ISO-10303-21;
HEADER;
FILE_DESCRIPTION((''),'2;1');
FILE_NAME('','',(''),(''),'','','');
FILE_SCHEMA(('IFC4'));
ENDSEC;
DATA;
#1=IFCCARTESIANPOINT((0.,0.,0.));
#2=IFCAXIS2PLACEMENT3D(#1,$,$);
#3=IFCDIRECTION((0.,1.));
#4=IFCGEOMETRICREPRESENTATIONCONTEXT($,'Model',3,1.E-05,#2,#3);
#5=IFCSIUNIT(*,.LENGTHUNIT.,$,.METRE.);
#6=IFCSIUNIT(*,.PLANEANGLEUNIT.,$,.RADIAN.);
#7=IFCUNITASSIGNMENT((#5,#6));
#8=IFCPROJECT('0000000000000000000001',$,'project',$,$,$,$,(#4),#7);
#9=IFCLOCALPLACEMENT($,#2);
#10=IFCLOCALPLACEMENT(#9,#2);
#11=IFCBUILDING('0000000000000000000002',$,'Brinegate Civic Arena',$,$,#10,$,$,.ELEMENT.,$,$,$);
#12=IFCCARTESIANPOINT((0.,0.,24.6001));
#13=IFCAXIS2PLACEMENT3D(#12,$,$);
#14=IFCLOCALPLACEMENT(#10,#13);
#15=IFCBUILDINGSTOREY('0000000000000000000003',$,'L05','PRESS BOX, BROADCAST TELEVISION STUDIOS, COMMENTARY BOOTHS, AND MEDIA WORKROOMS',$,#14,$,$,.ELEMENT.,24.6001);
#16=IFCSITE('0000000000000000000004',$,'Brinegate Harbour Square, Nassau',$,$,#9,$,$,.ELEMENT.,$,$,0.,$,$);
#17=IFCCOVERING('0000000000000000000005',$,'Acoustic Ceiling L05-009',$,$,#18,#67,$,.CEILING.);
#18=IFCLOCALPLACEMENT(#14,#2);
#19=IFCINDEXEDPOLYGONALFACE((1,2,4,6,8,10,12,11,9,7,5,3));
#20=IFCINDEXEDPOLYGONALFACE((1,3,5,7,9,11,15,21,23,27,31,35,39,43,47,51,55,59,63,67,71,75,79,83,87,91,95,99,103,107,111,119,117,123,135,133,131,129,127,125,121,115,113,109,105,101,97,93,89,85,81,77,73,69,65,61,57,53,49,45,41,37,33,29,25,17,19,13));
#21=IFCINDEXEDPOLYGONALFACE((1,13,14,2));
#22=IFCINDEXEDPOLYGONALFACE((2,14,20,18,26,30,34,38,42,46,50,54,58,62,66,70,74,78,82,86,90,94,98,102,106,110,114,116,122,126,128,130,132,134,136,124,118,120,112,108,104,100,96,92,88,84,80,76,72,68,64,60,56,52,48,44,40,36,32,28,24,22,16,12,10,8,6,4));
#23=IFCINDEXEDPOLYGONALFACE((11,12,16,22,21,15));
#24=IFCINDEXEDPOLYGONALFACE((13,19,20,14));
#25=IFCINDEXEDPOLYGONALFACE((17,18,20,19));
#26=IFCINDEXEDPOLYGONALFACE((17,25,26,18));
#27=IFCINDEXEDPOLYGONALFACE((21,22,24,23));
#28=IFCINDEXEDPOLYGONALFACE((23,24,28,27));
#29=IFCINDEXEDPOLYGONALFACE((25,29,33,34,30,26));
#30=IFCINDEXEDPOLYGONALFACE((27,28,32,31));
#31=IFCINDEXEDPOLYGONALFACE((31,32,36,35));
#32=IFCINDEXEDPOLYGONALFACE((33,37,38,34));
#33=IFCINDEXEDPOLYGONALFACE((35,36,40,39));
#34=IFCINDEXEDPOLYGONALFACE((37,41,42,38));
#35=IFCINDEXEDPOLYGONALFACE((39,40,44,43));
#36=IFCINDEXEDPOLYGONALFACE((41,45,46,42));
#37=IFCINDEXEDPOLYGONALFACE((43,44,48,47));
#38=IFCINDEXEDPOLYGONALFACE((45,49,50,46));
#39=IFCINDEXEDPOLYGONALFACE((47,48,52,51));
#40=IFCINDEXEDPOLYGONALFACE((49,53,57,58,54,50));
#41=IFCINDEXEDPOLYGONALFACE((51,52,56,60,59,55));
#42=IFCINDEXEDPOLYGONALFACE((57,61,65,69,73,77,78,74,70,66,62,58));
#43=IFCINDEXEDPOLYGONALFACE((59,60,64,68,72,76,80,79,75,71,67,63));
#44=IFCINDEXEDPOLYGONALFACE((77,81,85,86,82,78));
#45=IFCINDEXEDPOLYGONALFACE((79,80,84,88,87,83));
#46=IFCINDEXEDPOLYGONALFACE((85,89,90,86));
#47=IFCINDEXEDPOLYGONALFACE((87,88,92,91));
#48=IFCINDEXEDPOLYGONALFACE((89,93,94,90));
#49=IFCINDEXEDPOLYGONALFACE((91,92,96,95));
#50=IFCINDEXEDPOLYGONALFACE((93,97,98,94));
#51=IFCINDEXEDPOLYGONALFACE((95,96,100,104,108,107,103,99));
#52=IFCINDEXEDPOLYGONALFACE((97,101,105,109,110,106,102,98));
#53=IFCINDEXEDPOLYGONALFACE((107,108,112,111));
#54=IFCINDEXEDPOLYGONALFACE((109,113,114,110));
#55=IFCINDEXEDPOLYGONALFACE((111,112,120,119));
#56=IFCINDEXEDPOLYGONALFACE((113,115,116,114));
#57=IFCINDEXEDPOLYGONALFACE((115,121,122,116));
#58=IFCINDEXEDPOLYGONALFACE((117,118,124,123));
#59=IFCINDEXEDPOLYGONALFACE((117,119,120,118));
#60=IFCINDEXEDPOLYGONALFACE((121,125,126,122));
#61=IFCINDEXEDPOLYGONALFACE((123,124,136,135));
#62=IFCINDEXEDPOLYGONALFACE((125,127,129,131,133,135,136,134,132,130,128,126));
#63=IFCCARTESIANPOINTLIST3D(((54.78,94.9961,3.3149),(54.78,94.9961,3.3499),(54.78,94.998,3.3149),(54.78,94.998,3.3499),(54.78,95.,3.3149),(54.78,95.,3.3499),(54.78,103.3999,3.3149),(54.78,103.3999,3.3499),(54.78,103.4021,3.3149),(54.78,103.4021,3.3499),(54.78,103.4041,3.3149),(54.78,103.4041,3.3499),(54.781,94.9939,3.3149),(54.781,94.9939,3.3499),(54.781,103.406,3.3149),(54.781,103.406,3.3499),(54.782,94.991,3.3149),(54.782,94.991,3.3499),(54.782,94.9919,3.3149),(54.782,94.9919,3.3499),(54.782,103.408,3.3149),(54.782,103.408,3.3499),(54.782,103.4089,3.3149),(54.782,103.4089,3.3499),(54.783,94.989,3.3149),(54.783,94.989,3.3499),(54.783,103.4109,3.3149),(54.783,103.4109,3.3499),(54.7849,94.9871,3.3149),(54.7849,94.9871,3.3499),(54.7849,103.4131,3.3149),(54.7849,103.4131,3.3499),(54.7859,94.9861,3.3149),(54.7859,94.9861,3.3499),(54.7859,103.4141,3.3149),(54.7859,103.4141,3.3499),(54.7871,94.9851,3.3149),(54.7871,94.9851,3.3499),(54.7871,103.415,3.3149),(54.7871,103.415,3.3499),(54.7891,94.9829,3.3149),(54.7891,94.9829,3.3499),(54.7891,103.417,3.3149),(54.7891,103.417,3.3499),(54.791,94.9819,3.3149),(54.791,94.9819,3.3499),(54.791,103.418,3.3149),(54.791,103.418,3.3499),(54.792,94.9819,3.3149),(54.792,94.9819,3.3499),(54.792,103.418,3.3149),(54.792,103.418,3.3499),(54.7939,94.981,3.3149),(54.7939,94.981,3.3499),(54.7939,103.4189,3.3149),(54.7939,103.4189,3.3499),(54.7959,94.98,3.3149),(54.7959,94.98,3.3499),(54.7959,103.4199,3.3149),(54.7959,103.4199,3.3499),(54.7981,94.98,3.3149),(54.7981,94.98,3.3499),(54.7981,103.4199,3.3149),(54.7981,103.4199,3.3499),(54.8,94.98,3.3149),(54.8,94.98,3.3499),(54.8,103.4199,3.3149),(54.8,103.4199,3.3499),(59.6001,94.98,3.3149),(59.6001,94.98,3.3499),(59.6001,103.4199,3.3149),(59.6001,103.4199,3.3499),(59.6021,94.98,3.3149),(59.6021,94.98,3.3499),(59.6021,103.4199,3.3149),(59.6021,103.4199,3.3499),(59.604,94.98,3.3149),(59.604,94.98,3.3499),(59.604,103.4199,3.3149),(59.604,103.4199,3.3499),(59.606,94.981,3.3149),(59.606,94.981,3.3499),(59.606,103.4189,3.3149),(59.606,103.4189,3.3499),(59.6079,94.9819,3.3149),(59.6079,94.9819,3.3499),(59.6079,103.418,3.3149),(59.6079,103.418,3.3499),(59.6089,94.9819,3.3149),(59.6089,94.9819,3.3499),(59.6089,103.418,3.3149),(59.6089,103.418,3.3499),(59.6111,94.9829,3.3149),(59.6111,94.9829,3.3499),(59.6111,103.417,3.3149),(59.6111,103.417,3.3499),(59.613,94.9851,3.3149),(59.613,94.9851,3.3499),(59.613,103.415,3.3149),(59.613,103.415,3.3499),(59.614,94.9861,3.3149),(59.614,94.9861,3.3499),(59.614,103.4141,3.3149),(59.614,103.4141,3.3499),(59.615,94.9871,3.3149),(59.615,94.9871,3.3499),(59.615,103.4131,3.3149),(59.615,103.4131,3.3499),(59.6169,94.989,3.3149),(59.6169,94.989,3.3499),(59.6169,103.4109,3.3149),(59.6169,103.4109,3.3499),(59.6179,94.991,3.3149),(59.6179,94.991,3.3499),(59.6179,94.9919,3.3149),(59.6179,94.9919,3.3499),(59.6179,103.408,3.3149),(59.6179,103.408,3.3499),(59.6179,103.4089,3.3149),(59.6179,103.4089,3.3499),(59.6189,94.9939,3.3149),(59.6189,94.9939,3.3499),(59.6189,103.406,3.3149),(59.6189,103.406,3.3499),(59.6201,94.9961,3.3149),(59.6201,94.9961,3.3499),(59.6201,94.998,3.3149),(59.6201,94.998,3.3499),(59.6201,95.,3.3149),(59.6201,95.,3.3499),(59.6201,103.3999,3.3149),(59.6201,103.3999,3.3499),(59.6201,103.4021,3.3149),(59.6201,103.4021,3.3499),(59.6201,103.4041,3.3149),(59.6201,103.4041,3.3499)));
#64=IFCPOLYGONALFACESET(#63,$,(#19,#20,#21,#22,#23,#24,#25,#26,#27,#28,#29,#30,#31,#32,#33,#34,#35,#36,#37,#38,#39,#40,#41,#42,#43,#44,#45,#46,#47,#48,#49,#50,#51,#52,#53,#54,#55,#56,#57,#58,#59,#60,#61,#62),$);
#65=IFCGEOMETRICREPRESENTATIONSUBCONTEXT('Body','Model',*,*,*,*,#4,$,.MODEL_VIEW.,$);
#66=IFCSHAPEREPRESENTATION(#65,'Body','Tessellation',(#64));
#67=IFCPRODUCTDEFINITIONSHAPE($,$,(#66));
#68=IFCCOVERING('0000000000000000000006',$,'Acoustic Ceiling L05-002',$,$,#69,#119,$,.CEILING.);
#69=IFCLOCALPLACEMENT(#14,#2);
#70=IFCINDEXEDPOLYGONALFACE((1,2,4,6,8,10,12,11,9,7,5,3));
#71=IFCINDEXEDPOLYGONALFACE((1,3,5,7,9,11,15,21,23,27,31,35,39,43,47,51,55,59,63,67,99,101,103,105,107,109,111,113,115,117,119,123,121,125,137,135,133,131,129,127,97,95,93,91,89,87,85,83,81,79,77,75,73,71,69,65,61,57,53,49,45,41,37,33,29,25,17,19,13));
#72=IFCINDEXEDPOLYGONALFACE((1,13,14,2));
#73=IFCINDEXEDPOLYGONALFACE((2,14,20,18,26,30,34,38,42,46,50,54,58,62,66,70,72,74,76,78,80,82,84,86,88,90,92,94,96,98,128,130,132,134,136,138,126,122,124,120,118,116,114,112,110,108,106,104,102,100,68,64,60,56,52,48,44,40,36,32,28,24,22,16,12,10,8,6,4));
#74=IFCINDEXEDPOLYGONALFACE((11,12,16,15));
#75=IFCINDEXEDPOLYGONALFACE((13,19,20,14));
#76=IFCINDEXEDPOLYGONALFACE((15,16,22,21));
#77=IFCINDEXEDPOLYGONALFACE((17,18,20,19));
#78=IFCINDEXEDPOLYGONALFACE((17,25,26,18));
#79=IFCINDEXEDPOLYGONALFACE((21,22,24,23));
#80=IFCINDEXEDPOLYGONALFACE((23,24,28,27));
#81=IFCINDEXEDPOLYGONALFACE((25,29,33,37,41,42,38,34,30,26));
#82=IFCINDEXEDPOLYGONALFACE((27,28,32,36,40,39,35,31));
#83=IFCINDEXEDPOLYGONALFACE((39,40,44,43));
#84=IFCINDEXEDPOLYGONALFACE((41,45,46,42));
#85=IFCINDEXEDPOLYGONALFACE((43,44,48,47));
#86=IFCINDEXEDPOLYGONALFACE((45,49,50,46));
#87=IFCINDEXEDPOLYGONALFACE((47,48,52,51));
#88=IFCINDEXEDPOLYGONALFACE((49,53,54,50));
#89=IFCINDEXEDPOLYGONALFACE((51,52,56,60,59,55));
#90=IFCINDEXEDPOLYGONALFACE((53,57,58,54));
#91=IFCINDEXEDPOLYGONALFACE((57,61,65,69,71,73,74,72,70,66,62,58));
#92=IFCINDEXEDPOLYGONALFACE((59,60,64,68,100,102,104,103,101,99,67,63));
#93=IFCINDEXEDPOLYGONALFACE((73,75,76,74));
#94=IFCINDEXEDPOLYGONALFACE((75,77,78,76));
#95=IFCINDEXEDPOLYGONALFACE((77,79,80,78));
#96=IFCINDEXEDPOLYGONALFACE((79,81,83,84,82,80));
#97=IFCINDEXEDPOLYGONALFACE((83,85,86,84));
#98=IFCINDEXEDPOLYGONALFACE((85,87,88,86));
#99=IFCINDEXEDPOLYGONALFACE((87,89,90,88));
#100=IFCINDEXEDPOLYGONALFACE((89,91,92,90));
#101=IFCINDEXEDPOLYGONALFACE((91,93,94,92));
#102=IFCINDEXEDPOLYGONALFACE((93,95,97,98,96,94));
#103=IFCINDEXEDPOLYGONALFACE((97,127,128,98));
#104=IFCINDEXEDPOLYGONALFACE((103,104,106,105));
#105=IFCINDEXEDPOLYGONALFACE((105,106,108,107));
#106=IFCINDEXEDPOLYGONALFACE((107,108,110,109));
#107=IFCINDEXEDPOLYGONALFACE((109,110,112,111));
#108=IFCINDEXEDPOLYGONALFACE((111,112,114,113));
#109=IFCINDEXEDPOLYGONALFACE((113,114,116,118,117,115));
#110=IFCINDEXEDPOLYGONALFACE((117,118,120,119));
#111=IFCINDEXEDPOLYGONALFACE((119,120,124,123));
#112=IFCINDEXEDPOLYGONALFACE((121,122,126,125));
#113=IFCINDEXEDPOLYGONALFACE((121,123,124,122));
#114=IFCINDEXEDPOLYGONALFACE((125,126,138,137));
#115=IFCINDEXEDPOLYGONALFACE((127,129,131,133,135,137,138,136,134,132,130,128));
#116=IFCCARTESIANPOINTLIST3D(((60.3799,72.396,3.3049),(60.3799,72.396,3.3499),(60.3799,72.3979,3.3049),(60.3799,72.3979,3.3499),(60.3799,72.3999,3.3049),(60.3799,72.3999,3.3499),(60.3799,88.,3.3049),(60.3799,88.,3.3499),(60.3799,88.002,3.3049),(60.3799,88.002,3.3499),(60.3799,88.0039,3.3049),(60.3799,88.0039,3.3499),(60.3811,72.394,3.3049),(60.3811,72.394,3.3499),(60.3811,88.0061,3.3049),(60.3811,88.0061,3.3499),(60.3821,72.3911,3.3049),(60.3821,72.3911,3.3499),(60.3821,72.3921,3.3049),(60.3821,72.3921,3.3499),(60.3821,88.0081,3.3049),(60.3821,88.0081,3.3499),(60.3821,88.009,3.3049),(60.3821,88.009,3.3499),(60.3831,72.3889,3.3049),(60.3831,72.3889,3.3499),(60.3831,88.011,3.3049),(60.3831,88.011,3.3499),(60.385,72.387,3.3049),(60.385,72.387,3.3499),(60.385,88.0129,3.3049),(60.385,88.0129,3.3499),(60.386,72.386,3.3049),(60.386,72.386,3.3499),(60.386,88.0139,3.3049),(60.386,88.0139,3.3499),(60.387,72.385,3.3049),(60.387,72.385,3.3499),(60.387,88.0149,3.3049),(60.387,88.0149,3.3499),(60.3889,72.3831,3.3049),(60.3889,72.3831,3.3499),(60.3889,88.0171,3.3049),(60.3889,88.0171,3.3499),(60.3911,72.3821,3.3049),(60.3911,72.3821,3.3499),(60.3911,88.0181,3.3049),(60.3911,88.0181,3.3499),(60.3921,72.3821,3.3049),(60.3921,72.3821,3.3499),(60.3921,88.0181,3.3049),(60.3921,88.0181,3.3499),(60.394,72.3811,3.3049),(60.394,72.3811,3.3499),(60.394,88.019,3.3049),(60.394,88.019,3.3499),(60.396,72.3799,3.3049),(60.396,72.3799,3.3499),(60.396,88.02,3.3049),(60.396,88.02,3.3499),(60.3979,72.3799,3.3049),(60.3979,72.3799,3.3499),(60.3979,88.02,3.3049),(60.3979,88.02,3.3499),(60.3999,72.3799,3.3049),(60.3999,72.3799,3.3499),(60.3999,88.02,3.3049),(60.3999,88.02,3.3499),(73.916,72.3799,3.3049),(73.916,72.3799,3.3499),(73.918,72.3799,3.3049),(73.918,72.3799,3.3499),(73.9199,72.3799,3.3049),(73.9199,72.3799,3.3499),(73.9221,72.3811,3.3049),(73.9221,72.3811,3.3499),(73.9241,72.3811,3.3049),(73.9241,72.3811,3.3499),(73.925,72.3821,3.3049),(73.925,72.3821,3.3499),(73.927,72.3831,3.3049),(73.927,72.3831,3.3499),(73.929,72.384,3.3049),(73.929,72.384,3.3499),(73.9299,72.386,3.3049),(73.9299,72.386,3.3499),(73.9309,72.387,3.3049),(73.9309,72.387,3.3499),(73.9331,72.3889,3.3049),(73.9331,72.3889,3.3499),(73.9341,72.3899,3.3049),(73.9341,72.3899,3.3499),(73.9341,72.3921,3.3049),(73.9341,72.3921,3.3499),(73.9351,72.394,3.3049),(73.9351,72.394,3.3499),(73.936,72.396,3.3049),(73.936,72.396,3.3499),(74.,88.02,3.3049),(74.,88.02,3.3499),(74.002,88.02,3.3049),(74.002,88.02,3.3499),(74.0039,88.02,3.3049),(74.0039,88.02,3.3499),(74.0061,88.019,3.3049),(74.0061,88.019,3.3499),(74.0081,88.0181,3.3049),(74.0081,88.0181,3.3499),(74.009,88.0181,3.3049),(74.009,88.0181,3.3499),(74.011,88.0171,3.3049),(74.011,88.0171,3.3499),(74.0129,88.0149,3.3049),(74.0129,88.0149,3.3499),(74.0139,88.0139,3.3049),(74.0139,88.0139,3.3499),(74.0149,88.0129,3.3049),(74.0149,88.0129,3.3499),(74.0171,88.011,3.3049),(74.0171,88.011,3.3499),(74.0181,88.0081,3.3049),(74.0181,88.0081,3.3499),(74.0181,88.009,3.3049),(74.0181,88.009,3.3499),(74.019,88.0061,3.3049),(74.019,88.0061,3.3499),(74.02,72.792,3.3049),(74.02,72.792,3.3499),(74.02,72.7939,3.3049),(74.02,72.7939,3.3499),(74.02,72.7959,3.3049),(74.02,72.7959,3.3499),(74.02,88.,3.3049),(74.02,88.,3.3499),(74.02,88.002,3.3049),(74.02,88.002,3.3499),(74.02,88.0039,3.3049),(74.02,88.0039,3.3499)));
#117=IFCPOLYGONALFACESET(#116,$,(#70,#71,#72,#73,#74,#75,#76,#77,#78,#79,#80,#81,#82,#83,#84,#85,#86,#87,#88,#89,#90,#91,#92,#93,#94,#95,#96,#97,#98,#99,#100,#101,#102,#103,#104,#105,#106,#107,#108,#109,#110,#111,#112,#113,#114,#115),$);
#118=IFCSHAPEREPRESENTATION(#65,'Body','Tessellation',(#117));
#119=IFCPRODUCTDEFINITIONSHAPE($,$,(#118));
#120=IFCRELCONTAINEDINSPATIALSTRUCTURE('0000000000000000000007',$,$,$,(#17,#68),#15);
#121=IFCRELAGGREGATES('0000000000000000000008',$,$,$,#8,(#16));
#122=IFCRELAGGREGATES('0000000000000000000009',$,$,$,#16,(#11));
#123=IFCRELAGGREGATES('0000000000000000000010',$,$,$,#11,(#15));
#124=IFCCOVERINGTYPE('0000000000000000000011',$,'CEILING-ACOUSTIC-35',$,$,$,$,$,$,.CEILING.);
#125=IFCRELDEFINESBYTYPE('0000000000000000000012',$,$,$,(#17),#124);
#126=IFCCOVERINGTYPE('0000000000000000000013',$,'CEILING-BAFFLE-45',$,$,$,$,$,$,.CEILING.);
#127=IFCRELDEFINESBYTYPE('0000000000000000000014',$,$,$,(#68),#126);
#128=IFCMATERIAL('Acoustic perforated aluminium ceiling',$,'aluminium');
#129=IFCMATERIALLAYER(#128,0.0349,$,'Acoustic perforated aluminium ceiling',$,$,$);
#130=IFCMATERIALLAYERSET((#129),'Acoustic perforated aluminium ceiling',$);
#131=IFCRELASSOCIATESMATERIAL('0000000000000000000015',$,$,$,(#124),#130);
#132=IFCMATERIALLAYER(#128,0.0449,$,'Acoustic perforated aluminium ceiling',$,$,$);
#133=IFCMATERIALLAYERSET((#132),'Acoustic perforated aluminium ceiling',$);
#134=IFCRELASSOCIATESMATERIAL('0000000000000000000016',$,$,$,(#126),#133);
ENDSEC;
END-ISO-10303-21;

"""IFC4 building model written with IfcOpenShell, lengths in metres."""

from ifc_helpers import new_model, si_unit, direction, frame, origin, place, context, subcontext, project, spatial, polyline, outline, extrude, material, layer, layer_set, type_object, element, save


model = new_model("IFC4")

# Units and contexts
model_context = context("Model", 3, precision=1e-05, world=origin(), true_north=direction((0.0, 1.0)))
body_context = subcontext(model_context, "Body", "Model", "MODEL_VIEW")
ifc_project = project(units=[si_unit("LENGTHUNIT", "METRE"), si_unit("PLANEANGLEUNIT", "RADIAN")], contexts=[model_context])

# Site, building, storey
site_placement = place(None, origin())
site = spatial("IfcSite", under=ifc_project, at=site_placement, Name="Brinegate Harbour Square, Nassau", CompositionType="ELEMENT", RefElevation=0.0)
building_placement = place(site_placement, origin())
building = spatial("IfcBuilding", under=site, at=building_placement, Name="Brinegate Civic Arena", CompositionType="ELEMENT")
storey_placement = place(building_placement, frame((0.0, 0.0, 24.6001)))
storey = spatial("IfcBuildingStorey", under=building, at=storey_placement, Name="L05", Description="PRESS BOX, BROADCAST TELEVISION STUDIOS, COMMENTARY BOOTHS, AND MEDIA WORKROOMS", CompositionType="ELEMENT", Elevation=24.6001)

# Coverings
ifc_material_1 = material(Name="Acoustic perforated aluminium ceiling", Category="aluminium")
ifc_layer_1 = layer(ifc_material_1, 0.0349, Name="Acoustic perforated aluminium ceiling")
ifc_layer_set_1 = layer_set([ifc_layer_1], Name="Acoustic perforated aluminium ceiling")
covering_type_1 = type_object("IfcCoveringType", Name="CEILING-ACOUSTIC-35", PredefinedType="CEILING", material=ifc_layer_set_1)
covering_1_placement = place(storey_placement, frame((0.0, 0.0, 3.3149)))
element("IfcCovering", 1, at=covering_1_placement, inside=storey, type_object=covering_type_1, Name="Acoustic Ceiling L05-009", PredefinedType="CEILING", context=body_context, shape_type="SweptSolid", body=[
    extrude(outline(polyline([(59.604, 103.4199), (59.606, 103.4189), (59.6079, 103.418), (59.6089, 103.418), (59.6111, 103.417), (59.613, 103.415), (59.614, 103.4141), (59.615, 103.4131), (59.6169, 103.4109), (59.6179, 103.4089), (59.6179, 103.408), (59.6189, 103.406), (59.6201, 103.4041), (59.6201, 103.4021), (59.6201, 103.3999), (59.6201, 95.0), (59.6201, 94.998), (59.6201, 94.9961), (59.6189, 94.9939), (59.6179, 94.9919), (59.6179, 94.991), (59.6169, 94.989), (59.615, 94.9871), (59.614, 94.9861), (59.613, 94.9851), (59.6111, 94.9829), (59.6089, 94.9819), (59.6079, 94.9819), (59.606, 94.981), (59.604, 94.98), (59.6021, 94.98), (59.6001, 94.98), (54.8, 94.98), (54.7981, 94.98), (54.7959, 94.98), (54.7939, 94.981), (54.792, 94.9819), (54.791, 94.9819), (54.7891, 94.9829), (54.7871, 94.9851), (54.7859, 94.9861), (54.7849, 94.9871), (54.783, 94.989), (54.782, 94.991), (54.782, 94.9919), (54.781, 94.9939), (54.78, 94.9961), (54.78, 94.998), (54.78, 95.0), (54.78, 103.3999), (54.78, 103.4021), (54.78, 103.4041), (54.781, 103.406), (54.782, 103.408), (54.782, 103.4089), (54.783, 103.4109), (54.7849, 103.4131), (54.7859, 103.4141), (54.7871, 103.415), (54.7891, 103.417), (54.791, 103.418), (54.792, 103.418), (54.7939, 103.4189), (54.7959, 103.4199), (54.7981, 103.4199), (54.8, 103.4199), (59.6001, 103.4199), (59.6021, 103.4199), (59.604, 103.4199)])), origin(), (0.0, 0.0, 1.0), 0.0349),
])
ifc_layer_2 = layer(ifc_material_1, 0.0449, Name="Acoustic perforated aluminium ceiling")
ifc_layer_set_2 = layer_set([ifc_layer_2], Name="Acoustic perforated aluminium ceiling")
covering_type_2 = type_object("IfcCoveringType", Name="CEILING-BAFFLE-45", PredefinedType="CEILING", material=ifc_layer_set_2)
covering_2_placement = place(storey_placement, frame((0.0, 0.0, 3.3049)))
element("IfcCovering", 2, at=covering_2_placement, inside=storey, type_object=covering_type_2, Name="Acoustic Ceiling L05-002", PredefinedType="CEILING", context=body_context, shape_type="SweptSolid", body=[
    extrude(outline(polyline([(60.3799, 88.0039), (60.3811, 88.0061), (60.3821, 88.0081), (60.3821, 88.009), (60.3831, 88.011), (60.385, 88.0129), (60.386, 88.0139), (60.387, 88.0149), (60.3889, 88.0171), (60.3911, 88.0181), (60.3921, 88.0181), (60.394, 88.019), (60.396, 88.02), (60.3979, 88.02), (60.3999, 88.02), (74.0, 88.02), (74.002, 88.02), (74.0039, 88.02), (74.0061, 88.019), (74.0081, 88.0181), (74.009, 88.0181), (74.011, 88.0171), (74.0129, 88.0149), (74.0139, 88.0139), (74.0149, 88.0129), (74.0171, 88.011), (74.0181, 88.009), (74.0181, 88.0081), (74.019, 88.0061), (74.02, 88.0039), (74.02, 88.002), (74.02, 88.0), (74.02, 72.7959), (74.02, 72.7939), (74.02, 72.792), (73.936, 72.396), (73.9351, 72.394), (73.9341, 72.3921), (73.9341, 72.3899), (73.9331, 72.3889), (73.9309, 72.387), (73.9299, 72.386), (73.929, 72.384), (73.927, 72.3831), (73.925, 72.3821), (73.9241, 72.3811), (73.9221, 72.3811), (73.9199, 72.3799), (73.918, 72.3799), (73.916, 72.3799), (60.3999, 72.3799), (60.3979, 72.3799), (60.396, 72.3799), (60.394, 72.3811), (60.3921, 72.3821), (60.3911, 72.3821), (60.3889, 72.3831), (60.387, 72.385), (60.386, 72.386), (60.385, 72.387), (60.3831, 72.3889), (60.3821, 72.3911), (60.3821, 72.3921), (60.3811, 72.394), (60.3799, 72.396), (60.3799, 72.3979), (60.3799, 72.3999), (60.3799, 88.0), (60.3799, 88.002), (60.3799, 88.0039)])), origin(), (0.0, 0.0, 1.0), 0.0449),
])

save(model, "model.ifc")
